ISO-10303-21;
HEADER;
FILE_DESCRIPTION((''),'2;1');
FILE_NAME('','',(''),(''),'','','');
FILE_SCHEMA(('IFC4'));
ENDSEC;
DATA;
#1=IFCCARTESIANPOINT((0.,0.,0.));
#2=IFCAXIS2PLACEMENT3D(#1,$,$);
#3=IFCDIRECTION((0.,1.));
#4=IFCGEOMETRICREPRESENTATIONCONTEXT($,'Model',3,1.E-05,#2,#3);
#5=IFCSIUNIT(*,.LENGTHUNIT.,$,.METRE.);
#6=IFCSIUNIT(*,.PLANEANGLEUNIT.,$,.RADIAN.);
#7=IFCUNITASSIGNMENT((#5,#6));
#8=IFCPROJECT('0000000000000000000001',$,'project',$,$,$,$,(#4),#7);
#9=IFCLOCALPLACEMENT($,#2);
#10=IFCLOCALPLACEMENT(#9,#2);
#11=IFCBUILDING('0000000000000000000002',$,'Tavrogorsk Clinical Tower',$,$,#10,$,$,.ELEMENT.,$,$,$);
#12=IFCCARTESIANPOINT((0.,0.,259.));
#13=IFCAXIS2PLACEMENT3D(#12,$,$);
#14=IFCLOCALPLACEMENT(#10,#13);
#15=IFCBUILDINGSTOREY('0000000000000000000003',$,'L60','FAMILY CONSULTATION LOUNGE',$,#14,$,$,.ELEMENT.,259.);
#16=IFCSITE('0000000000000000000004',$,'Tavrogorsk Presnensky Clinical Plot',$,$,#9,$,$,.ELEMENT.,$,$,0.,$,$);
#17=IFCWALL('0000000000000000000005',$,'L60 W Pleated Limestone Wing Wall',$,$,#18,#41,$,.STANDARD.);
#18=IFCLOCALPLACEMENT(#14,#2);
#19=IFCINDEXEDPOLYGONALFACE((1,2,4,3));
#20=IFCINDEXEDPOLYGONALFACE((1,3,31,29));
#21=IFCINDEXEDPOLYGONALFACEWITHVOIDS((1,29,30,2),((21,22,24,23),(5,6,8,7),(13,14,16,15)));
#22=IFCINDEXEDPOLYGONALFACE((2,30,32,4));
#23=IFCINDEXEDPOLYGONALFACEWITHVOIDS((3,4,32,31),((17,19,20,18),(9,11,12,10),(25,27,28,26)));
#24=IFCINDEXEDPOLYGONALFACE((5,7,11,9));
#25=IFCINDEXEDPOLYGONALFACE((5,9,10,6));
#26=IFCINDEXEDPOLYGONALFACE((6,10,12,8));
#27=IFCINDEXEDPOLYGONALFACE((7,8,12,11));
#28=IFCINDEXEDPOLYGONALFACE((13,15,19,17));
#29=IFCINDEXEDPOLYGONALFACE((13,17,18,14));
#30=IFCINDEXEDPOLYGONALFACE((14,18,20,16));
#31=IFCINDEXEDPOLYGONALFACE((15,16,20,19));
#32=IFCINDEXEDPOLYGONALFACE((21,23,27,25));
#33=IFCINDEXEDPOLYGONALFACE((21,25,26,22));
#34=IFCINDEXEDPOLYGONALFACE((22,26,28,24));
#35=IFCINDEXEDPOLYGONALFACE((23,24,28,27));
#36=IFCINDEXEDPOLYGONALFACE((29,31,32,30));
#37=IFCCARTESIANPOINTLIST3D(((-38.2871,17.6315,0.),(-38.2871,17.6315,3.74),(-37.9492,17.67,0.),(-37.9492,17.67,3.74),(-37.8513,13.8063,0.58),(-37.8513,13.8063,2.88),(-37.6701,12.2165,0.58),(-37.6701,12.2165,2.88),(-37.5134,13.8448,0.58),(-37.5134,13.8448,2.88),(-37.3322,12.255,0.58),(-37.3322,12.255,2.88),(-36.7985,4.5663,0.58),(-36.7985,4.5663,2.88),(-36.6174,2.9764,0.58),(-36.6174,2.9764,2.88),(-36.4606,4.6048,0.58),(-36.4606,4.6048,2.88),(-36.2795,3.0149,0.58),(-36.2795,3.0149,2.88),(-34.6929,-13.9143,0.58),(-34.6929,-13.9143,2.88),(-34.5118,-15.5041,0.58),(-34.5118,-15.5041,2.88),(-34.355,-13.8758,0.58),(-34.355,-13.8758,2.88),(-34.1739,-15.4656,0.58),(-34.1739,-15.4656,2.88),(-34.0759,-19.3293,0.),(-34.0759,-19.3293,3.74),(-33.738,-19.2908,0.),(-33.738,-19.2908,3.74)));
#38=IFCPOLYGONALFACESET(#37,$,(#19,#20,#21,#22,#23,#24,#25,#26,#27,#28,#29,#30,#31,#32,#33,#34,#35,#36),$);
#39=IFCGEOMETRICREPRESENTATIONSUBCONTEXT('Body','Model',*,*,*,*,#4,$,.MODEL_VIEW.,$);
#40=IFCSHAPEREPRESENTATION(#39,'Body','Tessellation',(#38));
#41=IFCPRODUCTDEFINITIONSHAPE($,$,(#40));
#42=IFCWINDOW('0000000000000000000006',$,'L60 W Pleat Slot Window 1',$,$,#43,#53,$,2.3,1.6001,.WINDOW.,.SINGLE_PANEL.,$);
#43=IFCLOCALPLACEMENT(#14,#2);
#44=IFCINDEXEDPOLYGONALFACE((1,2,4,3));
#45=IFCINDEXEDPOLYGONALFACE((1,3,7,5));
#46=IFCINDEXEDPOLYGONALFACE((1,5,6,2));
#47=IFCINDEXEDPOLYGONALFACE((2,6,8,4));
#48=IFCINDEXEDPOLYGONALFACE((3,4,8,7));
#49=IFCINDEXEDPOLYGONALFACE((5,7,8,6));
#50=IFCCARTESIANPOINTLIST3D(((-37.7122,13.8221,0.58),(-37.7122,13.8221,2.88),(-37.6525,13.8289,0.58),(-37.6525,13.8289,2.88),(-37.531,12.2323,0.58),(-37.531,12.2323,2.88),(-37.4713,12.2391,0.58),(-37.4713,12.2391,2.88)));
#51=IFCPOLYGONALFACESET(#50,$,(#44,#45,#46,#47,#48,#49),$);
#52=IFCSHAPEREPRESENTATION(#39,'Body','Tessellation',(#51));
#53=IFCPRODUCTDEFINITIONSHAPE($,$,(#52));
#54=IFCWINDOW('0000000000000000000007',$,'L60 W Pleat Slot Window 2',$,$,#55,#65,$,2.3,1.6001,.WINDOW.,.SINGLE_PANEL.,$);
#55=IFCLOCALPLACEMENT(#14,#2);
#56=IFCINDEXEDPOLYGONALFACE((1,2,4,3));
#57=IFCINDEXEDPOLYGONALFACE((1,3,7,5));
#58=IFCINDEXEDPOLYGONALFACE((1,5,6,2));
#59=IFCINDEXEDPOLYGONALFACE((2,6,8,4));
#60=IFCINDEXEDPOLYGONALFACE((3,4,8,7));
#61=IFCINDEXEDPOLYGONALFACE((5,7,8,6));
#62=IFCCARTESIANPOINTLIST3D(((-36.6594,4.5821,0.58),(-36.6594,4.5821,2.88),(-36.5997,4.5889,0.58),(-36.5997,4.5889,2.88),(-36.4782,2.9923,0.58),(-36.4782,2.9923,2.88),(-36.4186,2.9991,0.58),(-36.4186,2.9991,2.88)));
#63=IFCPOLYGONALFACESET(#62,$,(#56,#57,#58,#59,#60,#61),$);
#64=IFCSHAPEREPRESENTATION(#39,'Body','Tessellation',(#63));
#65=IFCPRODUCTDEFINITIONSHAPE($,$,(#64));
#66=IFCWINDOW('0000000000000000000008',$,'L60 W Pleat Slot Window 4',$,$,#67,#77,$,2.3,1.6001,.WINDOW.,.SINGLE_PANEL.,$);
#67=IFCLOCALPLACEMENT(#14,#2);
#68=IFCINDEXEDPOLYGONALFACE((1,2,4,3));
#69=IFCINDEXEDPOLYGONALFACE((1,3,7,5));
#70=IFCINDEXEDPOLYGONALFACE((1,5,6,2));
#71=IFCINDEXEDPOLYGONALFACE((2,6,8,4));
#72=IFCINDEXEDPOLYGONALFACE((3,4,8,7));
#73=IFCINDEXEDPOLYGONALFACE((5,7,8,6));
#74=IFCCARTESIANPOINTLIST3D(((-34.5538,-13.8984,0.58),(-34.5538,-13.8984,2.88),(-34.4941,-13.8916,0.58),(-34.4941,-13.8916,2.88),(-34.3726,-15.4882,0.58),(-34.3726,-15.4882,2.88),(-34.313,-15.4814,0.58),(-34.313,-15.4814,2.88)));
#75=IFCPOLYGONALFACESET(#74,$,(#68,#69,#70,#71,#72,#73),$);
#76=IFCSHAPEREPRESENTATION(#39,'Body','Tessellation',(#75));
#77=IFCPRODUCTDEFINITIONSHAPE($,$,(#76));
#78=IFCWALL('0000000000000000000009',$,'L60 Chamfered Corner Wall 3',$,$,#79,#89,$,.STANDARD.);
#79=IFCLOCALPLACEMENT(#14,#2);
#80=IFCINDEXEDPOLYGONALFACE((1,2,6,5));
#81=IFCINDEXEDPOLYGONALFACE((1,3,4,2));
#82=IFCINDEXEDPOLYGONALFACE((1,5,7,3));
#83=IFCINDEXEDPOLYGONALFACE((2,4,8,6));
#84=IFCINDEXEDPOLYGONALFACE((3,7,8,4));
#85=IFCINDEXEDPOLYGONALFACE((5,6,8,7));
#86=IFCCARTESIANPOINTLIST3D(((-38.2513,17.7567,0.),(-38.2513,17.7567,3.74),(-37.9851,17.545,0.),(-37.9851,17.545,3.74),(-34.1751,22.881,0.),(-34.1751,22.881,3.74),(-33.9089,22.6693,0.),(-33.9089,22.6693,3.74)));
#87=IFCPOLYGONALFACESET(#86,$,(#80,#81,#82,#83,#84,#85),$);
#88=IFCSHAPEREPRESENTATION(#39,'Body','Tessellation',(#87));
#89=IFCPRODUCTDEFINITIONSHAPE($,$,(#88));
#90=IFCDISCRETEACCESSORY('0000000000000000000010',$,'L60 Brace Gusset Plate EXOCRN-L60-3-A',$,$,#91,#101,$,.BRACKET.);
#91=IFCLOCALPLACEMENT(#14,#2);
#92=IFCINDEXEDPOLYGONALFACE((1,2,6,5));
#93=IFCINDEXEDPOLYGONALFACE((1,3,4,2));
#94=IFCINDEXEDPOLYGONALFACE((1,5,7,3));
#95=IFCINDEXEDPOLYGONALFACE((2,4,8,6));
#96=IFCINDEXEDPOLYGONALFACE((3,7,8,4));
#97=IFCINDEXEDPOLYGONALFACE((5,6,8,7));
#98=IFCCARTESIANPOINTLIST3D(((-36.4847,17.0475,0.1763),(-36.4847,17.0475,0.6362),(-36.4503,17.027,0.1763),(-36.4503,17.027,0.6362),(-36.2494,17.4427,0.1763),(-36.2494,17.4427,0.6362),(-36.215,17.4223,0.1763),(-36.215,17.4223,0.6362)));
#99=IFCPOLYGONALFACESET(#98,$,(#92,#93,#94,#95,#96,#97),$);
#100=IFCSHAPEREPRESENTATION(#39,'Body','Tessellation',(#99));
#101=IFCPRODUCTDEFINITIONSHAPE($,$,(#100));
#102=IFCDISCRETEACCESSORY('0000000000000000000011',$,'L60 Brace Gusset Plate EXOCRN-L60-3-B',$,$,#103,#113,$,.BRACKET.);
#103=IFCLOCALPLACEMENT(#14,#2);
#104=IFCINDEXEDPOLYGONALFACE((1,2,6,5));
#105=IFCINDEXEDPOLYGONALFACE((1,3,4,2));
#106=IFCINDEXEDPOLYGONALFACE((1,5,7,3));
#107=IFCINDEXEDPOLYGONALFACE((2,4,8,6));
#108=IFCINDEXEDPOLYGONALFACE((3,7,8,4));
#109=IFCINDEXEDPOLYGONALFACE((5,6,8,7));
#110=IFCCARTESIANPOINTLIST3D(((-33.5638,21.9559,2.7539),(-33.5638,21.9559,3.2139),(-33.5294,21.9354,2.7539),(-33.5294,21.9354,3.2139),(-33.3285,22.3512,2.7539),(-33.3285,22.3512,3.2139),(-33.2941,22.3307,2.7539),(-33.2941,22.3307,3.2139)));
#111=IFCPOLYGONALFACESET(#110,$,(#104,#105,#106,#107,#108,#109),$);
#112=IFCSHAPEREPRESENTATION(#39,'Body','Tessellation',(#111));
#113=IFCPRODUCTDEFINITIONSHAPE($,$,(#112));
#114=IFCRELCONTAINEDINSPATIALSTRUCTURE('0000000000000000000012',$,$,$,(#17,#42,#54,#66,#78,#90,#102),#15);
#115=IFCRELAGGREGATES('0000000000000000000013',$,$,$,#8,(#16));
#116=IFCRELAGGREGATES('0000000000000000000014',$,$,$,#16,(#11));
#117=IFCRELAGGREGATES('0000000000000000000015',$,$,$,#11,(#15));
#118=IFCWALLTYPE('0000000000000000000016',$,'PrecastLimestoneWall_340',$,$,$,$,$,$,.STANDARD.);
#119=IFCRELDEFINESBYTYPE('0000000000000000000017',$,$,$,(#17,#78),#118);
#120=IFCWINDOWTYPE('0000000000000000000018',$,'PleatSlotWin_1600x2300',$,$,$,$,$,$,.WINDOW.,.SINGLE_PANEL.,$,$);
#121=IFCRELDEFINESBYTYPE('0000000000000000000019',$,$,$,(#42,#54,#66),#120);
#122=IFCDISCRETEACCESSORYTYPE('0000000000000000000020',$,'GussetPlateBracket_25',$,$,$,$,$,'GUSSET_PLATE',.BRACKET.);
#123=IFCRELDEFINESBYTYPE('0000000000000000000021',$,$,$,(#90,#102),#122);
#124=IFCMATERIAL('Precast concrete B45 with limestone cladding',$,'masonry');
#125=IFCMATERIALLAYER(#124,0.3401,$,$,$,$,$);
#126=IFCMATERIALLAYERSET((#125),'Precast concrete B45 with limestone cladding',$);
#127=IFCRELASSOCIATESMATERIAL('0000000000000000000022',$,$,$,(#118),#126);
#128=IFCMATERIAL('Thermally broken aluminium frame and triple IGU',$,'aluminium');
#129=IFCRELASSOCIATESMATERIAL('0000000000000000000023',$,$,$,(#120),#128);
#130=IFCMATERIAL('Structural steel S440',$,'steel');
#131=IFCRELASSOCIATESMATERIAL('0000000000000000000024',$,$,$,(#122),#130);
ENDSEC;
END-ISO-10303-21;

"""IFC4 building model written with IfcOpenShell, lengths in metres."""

from ifc_helpers import new_model, si_unit, direction, frame, frame_2d, origin, origin_2d, place, context, subcontext, project, spatial, rectangle, extrude, material, layer, layer_set, type_object, element, fill, save


model = new_model("IFC4")

# Units and contexts
model_context = context("Model", 3, precision=1e-05, world=origin(), true_north=direction((0.0, 1.0)))
body_context = subcontext(model_context, "Body", "Model", "MODEL_VIEW")
ifc_project = project(units=[si_unit("LENGTHUNIT", "METRE"), si_unit("PLANEANGLEUNIT", "RADIAN")], contexts=[model_context])

# Site, building, storey
site_placement = place(None, origin())
site = spatial("IfcSite", under=ifc_project, at=site_placement, Name="Tavrogorsk Presnensky Clinical Plot", CompositionType="ELEMENT", RefElevation=0.0)
building_placement = place(site_placement, origin())
building = spatial("IfcBuilding", under=site, at=building_placement, Name="Tavrogorsk Clinical Tower", CompositionType="ELEMENT")
storey_placement = place(building_placement, frame((0.0, 0.0, 259.0)))
storey = spatial("IfcBuildingStorey", under=building, at=storey_placement, Name="L60", Description="FAMILY CONSULTATION LOUNGE", CompositionType="ELEMENT", Elevation=259.0)

# Wall, openings, windows
ifc_material_1 = material(Name="Precast concrete B45 with limestone cladding", Category="masonry")
ifc_layer_1 = layer(ifc_material_1, 0.3401)
ifc_layer_set_1 = layer_set([ifc_layer_1], Name="Precast concrete B45 with limestone cladding")
wall_type_1 = type_object("IfcWallType", Name="PrecastLimestoneWall_340", PredefinedType="STANDARD", material=ifc_layer_set_1)
wall_1_placement = place(storey_placement, frame((-38.1182, 17.6509, 0.0), z_axis=(0.0, 0.0, 1.0), x_axis=(0.113204, -0.993572, 0.0)))
wall_1 = element("IfcWall", 1, at=wall_1_placement, inside=storey, type_object=wall_type_1, Name="L60 W Pleated Limestone Wing Wall", PredefinedType="STANDARD", context=body_context, shape_type="SweptSolid", body=[
    extrude(rectangle(XDim=37.2, YDim=0.3401, at=frame_2d((18.6001, 0.0))), origin(), (0.0, 0.0, 1.0), 3.74),
])
opening_1_placement = place(wall_1_placement, frame((3.8501, 0.0, 0.5801)))
opening_1 = element("IfcOpeningElement", 2, at=opening_1_placement, cuts=wall_1, PredefinedType="OPENING", context=body_context, shape_type="SweptSolid", body=[
    extrude(rectangle(XDim=1.6001, YDim=2.3, at=frame_2d((0.8, 1.1499))), frame((0.0, 0.1799, 0.0), z_axis=(0.0, -1.0, 0.0), x_axis=(1.0, 0.0, 0.0)), (0.0, 0.0, 1.0), 0.3601),
])
opening_2_placement = place(wall_1_placement, frame((13.1499, 0.0, 0.5801)))
opening_2 = element("IfcOpeningElement", 3, at=opening_2_placement, cuts=wall_1, PredefinedType="OPENING", context=body_context, shape_type="SweptSolid", body=[
    extrude(rectangle(XDim=1.6001, YDim=2.3, at=frame_2d((0.8, 1.1499))), frame((0.0, 0.1799, 0.0), z_axis=(0.0, -1.0, 0.0), x_axis=(1.0, 0.0, 0.0)), (0.0, 0.0, 1.0), 0.3601),
])
opening_3_placement = place(wall_1_placement, frame((31.75, 0.0, 0.5801)))
opening_3 = element("IfcOpeningElement", 4, at=opening_3_placement, cuts=wall_1, PredefinedType="OPENING", context=body_context, shape_type="SweptSolid", body=[
    extrude(rectangle(XDim=1.6001, YDim=2.3, at=frame_2d((0.8, 1.1499))), frame((0.0, 0.1799, 0.0), z_axis=(0.0, -1.0, 0.0), x_axis=(1.0, 0.0, 0.0)), (0.0, 0.0, 1.0), 0.3601),
])
ifc_material_2 = material(Name="Thermally broken aluminium frame and triple IGU", Category="aluminium")
window_type = type_object("IfcWindowType", Name="PleatSlotWin_1600x2300", PartitioningType="SINGLE_PANEL", PredefinedType="WINDOW", material=ifc_material_2)
window_1_placement = place(opening_1_placement, origin())
window_1 = element("IfcWindow", 5, at=window_1_placement, inside=storey, type_object=window_type, Name="L60 W Pleat Slot Window 1", OverallHeight=2.3, OverallWidth=1.6001, PartitioningType="SINGLE_PANEL", PredefinedType="WINDOW", context=body_context, shape_type="SweptSolid", body=[
    extrude(rectangle(XDim=1.6001, YDim=2.3, at=frame_2d((0.8, 1.1499))), frame((0.0, 0.03, 0.0), z_axis=(0.0, -1.0, 0.0), x_axis=(1.0, 0.0, 0.0)), (0.0, 0.0, 1.0), 0.0601),
])
fill(opening_1, window_1)
window_2_placement = place(opening_2_placement, origin())
window_2 = element("IfcWindow", 6, at=window_2_placement, inside=storey, type_object=window_type, Name="L60 W Pleat Slot Window 2", OverallHeight=2.3, OverallWidth=1.6001, PartitioningType="SINGLE_PANEL", PredefinedType="WINDOW", context=body_context, shape_type="SweptSolid", body=[
    extrude(rectangle(XDim=1.6001, YDim=2.3, at=frame_2d((0.8, 1.1499))), frame((0.0, 0.03, 0.0), z_axis=(0.0, -1.0, 0.0), x_axis=(1.0, 0.0, 0.0)), (0.0, 0.0, 1.0), 0.0601),
])
fill(opening_2, window_2)
window_3_placement = place(opening_3_placement, origin())
window_3 = element("IfcWindow", 7, at=window_3_placement, inside=storey, type_object=window_type, Name="L60 W Pleat Slot Window 4", OverallHeight=2.3, OverallWidth=1.6001, PartitioningType="SINGLE_PANEL", PredefinedType="WINDOW", context=body_context, shape_type="SweptSolid", body=[
    extrude(rectangle(XDim=1.6001, YDim=2.3, at=frame_2d((0.8, 1.1499))), frame((0.0, 0.03, 0.0), z_axis=(0.0, -1.0, 0.0), x_axis=(1.0, 0.0, 0.0)), (0.0, 0.0, 1.0), 0.0601),
])
fill(opening_3, window_3)

# Wall
wall_2_placement = place(storey_placement, frame((-34.042, 22.7751, 0.0), z_axis=(0.0, 0.0, 1.0), x_axis=(-0.622528, -0.782597, 0.0)))
element("IfcWall", 8, at=wall_2_placement, inside=storey, type_object=wall_type_1, Name="L60 Chamfered Corner Wall 3", PredefinedType="STANDARD", context=body_context, shape_type="SweptSolid", body=[
    extrude(rectangle(XDim=6.5479, YDim=0.3401, at=frame_2d((3.2739, 0.0))), origin(), (0.0, 0.0, 1.0), 3.74),
])

# Discrete accessories
ifc_material_3 = material(Name="Structural steel S440", Category="steel")
discrete_accessory_type = type_object("IfcDiscreteAccessoryType", Name="GussetPlateBracket_25", ElementType="GUSSET_PLATE", PredefinedType="BRACKET", material=ifc_material_3)
for number, where, z_axis, x_axis, name in (
    (9, (-36.3499, 17.2349, 0.1763), (0.0, 0.0, 1.0), (0.511443, 0.859317, 0.0), "L60 Brace Gusset Plate EXOCRN-L60-3-A"),
    (10, (-33.429, 22.1433, 2.7539), (0.0, 0.0, 1.0), (0.511443, 0.859317, 0.0), "L60 Brace Gusset Plate EXOCRN-L60-3-B"),
):
    element("IfcDiscreteAccessory", number, at=place(storey_placement, frame(where, z_axis=z_axis, x_axis=x_axis)), inside=storey, type_object=discrete_accessory_type, Name=name, PredefinedType="BRACKET", context=body_context, shape_type="SweptSolid", body=[
        extrude(rectangle(XDim=0.46, YDim=0.04, at=origin_2d()), origin(), (0.0, 0.0, 1.0), 0.46),
    ])

save(model, "model.ifc")
